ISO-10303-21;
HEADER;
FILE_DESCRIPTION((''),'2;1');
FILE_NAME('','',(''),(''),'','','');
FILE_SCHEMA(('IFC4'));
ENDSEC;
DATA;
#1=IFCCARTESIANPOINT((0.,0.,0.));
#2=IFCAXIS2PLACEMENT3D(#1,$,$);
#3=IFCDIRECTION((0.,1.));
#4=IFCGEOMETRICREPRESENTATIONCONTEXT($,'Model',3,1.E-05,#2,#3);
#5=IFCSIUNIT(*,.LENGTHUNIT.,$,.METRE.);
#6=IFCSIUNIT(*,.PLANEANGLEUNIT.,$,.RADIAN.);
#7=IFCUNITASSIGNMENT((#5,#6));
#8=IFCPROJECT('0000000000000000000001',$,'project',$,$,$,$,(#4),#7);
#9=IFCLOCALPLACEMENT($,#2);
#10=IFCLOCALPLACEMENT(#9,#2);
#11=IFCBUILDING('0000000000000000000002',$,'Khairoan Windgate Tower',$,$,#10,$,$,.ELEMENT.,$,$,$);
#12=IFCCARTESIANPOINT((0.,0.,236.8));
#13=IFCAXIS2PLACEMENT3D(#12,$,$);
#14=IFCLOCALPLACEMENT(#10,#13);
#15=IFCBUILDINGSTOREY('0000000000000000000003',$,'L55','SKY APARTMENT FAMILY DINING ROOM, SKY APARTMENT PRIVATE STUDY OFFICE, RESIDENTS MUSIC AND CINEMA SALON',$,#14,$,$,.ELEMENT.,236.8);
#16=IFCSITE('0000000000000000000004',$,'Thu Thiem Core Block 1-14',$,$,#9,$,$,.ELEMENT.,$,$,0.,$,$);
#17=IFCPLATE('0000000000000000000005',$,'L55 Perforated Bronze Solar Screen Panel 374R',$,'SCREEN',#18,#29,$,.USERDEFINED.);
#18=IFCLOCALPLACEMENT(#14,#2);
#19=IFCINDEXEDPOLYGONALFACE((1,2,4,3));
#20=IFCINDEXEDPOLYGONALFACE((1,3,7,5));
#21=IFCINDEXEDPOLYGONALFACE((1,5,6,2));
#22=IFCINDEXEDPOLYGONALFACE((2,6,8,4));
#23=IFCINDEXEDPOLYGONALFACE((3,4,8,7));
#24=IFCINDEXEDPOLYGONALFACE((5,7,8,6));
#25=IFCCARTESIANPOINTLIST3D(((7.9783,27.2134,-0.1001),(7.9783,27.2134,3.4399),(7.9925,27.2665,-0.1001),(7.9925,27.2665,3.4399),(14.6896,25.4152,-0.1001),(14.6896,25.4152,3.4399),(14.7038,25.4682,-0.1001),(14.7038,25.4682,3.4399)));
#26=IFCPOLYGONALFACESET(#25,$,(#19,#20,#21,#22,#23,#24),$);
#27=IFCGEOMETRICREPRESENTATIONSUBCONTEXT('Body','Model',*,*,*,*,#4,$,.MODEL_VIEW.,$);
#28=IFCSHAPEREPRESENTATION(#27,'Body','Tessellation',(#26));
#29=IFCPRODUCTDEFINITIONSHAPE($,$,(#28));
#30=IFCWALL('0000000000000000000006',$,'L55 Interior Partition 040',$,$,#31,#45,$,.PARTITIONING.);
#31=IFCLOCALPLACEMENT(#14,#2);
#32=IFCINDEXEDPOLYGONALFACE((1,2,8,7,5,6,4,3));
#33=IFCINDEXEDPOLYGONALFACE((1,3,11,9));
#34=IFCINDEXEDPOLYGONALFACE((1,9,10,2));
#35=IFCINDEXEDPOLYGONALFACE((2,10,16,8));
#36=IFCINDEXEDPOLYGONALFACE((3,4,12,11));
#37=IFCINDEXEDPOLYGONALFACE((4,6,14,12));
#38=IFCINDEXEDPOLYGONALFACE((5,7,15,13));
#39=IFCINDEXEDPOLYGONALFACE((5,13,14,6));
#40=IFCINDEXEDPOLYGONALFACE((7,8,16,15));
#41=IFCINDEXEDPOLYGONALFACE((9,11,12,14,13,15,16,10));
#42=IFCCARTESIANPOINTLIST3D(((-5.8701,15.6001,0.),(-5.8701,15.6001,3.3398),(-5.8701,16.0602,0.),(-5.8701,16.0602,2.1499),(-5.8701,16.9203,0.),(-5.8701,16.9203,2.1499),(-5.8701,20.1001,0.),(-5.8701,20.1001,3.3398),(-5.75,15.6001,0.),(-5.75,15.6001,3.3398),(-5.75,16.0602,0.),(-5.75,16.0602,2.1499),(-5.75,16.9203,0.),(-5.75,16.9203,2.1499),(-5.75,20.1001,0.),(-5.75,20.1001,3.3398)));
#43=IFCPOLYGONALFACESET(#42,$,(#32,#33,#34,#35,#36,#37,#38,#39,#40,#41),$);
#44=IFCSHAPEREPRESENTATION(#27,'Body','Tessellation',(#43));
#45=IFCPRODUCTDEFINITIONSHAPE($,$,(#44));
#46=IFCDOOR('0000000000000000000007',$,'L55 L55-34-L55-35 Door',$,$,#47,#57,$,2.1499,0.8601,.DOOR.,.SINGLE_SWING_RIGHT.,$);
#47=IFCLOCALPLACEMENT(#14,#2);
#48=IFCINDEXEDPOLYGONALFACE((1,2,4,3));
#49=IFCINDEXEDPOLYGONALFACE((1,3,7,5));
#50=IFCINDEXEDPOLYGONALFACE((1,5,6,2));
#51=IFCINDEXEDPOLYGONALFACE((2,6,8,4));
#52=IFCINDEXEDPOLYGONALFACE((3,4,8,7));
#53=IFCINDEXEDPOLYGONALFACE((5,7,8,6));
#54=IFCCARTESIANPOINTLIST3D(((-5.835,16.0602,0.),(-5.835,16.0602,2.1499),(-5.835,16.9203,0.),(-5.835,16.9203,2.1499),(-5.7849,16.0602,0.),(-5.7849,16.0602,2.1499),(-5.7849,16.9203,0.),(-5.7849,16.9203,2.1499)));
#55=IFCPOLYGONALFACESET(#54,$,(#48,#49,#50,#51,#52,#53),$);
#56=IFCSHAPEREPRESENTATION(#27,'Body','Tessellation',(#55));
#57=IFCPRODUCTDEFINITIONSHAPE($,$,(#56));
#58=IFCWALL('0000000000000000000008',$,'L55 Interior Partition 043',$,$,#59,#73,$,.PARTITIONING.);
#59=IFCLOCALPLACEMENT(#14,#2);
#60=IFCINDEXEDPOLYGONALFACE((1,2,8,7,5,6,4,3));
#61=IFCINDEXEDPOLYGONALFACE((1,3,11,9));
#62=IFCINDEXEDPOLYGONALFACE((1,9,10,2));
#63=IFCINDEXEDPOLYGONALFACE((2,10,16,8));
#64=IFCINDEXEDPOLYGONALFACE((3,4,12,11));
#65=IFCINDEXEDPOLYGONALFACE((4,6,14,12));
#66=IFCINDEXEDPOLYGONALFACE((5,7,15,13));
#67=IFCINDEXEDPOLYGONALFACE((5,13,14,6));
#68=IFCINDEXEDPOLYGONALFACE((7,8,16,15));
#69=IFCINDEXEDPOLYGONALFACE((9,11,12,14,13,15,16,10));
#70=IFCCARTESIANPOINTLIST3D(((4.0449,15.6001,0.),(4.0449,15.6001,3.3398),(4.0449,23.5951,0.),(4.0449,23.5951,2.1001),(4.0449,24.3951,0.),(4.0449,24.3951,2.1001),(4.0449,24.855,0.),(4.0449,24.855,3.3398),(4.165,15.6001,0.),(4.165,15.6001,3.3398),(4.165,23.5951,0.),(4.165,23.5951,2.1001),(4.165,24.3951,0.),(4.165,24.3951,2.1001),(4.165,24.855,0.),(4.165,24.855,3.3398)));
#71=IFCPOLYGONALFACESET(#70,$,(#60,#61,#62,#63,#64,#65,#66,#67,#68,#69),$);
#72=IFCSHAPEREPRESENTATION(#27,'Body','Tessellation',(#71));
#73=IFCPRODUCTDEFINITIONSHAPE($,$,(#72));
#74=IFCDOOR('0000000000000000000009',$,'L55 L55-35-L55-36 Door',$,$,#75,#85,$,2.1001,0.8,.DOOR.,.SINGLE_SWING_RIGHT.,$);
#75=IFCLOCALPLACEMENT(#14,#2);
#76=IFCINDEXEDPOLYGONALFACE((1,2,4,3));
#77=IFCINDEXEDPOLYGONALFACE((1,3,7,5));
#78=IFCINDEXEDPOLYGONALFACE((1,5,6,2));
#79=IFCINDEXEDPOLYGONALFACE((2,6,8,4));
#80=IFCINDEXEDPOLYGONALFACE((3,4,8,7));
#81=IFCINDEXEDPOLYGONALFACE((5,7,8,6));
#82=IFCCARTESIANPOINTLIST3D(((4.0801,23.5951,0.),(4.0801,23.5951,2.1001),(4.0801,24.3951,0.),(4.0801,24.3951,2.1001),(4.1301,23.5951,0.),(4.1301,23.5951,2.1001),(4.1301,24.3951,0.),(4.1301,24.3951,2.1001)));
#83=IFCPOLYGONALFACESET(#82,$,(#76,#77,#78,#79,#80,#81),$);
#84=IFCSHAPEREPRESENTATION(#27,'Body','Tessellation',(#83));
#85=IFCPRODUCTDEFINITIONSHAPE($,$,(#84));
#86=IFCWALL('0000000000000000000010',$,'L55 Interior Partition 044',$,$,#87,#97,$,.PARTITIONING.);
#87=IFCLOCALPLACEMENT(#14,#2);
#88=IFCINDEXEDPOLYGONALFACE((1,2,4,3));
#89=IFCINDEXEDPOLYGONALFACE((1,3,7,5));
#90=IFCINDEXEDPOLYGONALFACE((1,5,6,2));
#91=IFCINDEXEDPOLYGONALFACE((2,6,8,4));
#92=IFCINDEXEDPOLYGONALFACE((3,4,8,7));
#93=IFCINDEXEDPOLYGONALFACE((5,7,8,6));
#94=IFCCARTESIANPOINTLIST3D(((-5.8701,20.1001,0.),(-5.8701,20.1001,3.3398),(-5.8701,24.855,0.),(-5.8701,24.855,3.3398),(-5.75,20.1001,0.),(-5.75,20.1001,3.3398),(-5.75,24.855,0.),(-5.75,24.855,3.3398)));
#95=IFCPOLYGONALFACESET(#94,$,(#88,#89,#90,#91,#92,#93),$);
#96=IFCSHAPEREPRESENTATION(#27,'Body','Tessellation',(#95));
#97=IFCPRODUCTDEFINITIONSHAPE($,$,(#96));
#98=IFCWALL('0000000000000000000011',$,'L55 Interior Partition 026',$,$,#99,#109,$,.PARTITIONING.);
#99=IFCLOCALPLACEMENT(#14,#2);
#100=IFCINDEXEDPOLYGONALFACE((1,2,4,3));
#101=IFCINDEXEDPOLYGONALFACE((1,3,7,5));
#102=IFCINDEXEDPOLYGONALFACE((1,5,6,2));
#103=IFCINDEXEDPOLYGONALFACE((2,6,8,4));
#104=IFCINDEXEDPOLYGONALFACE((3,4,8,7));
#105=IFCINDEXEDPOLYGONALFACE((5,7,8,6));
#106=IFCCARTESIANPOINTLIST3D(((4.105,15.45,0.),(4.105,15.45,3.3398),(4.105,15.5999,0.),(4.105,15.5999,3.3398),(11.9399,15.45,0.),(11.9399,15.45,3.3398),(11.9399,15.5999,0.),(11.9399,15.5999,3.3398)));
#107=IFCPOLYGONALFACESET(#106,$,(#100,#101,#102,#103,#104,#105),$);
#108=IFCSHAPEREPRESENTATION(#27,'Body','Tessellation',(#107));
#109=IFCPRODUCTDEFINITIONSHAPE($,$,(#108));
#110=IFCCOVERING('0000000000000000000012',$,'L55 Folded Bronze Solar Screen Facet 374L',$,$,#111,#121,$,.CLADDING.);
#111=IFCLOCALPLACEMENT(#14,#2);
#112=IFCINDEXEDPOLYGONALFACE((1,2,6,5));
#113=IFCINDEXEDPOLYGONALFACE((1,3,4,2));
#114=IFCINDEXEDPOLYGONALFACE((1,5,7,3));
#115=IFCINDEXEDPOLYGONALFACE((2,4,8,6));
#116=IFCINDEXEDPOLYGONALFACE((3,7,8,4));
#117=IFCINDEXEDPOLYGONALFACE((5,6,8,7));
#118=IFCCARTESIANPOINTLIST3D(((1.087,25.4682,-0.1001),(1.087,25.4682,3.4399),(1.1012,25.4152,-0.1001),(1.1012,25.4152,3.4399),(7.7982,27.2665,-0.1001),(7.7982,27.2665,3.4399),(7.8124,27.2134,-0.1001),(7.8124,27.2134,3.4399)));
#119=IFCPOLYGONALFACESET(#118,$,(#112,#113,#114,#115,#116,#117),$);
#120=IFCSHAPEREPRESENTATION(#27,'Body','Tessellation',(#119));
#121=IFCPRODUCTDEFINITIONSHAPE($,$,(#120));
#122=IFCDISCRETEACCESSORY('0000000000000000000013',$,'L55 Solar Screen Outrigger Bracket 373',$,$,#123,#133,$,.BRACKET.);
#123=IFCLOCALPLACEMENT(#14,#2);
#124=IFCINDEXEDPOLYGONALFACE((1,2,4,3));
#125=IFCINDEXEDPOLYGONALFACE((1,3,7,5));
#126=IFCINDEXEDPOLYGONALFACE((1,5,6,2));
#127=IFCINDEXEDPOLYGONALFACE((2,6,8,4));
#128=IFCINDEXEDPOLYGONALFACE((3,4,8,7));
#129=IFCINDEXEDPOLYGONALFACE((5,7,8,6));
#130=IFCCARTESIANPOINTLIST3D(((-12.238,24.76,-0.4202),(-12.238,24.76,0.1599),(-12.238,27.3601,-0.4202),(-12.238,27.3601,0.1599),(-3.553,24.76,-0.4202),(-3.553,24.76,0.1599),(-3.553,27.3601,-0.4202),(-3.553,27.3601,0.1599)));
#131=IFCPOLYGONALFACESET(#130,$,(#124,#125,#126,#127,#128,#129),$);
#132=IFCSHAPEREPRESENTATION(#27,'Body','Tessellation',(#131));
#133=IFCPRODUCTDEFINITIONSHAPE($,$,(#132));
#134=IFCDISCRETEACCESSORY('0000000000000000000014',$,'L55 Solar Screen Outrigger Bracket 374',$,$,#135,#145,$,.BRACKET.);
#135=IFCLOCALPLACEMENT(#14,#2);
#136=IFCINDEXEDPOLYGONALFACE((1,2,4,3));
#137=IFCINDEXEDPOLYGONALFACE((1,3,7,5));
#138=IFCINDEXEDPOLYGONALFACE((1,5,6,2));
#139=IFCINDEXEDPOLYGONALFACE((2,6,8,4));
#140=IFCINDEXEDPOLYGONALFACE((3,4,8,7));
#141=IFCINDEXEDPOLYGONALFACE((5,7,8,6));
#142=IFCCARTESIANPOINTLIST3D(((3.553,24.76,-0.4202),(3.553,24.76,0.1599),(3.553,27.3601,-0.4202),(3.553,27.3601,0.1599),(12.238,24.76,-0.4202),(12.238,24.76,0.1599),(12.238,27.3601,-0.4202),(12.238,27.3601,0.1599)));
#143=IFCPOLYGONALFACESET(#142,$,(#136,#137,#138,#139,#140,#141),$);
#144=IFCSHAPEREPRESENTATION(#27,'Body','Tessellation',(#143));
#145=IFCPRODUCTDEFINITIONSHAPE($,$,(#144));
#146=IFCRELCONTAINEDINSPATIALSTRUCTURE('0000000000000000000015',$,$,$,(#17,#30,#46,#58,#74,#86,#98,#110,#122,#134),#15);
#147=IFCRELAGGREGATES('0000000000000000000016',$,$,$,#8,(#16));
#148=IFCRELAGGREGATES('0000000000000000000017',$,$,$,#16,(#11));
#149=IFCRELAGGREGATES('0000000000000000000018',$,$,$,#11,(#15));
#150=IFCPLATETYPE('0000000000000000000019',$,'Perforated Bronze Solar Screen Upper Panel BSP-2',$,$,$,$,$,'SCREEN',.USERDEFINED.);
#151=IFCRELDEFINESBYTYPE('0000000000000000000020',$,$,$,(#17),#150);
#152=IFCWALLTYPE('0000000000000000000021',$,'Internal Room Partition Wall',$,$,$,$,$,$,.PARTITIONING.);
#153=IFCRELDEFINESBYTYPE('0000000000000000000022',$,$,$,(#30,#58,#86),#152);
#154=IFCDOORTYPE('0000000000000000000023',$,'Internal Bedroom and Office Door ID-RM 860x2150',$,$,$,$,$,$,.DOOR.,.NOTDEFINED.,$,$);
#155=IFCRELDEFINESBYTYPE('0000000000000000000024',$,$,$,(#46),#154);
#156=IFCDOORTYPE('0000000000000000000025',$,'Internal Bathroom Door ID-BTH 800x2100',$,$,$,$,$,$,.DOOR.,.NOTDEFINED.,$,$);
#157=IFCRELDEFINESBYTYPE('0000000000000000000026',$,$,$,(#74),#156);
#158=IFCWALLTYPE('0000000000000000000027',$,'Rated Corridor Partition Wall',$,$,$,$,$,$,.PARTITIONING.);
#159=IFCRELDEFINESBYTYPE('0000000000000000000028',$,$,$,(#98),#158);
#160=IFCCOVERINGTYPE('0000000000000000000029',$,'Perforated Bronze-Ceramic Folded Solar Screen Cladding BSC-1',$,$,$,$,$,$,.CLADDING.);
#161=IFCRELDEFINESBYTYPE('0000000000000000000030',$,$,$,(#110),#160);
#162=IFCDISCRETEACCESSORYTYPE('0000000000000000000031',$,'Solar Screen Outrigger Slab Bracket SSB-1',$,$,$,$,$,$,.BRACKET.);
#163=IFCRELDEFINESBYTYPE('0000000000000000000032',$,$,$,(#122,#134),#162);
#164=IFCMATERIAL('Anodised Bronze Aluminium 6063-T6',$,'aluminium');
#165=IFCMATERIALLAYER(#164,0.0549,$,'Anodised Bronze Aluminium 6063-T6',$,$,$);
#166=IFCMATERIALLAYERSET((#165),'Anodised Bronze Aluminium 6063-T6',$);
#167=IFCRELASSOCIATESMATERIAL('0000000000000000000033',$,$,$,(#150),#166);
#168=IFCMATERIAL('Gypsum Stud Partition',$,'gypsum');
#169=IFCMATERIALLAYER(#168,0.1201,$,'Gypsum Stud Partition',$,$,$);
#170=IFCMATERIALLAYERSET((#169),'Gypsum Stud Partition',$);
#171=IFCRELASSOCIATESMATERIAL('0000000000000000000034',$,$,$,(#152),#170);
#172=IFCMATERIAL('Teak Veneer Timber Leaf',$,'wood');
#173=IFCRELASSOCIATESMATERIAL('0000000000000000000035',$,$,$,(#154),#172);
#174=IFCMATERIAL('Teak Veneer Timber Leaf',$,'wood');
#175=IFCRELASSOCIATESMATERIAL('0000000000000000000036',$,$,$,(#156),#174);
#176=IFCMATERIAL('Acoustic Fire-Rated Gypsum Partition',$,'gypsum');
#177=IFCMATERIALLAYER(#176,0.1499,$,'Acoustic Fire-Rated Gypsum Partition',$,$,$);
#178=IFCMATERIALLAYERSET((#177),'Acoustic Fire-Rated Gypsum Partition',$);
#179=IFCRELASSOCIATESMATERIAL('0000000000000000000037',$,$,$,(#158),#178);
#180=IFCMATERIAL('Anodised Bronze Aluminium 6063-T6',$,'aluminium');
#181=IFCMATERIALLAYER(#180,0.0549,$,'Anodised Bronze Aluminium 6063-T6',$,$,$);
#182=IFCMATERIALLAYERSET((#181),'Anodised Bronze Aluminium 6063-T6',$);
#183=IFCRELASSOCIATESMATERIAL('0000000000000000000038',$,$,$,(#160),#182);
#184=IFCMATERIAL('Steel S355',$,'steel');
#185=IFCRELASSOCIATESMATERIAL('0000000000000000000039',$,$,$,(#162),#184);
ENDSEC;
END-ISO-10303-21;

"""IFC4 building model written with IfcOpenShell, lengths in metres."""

from ifc_helpers import new_model, si_unit, direction, frame, frame_2d, origin, origin_2d, place, context, subcontext, project, spatial, rectangle, extrude, material, layer, layer_set, type_object, element, fill, save


model = new_model("IFC4")

# Units and contexts
model_context = context("Model", 3, precision=1e-05, world=origin(), true_north=direction((0.0, 1.0)))
body_context = subcontext(model_context, "Body", "Model", "MODEL_VIEW")
ifc_project = project(units=[si_unit("LENGTHUNIT", "METRE"), si_unit("PLANEANGLEUNIT", "RADIAN")], contexts=[model_context])

# Site, building, storey
site_placement = place(None, origin())
site = spatial("IfcSite", under=ifc_project, at=site_placement, Name="Thu Thiem Core Block 1-14", CompositionType="ELEMENT", RefElevation=0.0)
building_placement = place(site_placement, origin())
building = spatial("IfcBuilding", under=site, at=building_placement, Name="Khairoan Windgate Tower", CompositionType="ELEMENT")
storey_placement = place(building_placement, frame((0.0, 0.0, 236.8)))
storey = spatial("IfcBuildingStorey", under=building, at=storey_placement, Name="L55", Description="SKY APARTMENT FAMILY DINING ROOM, SKY APARTMENT PRIVATE STUDY OFFICE, RESIDENTS MUSIC AND CINEMA SALON", CompositionType="ELEMENT", Elevation=236.8)

# Plate
ifc_material_1 = material(Name="Anodised Bronze Aluminium 6063-T6", Category="aluminium")
ifc_layer_1 = layer(ifc_material_1, 0.0549, Name="Anodised Bronze Aluminium 6063-T6")
ifc_layer_set_1 = layer_set([ifc_layer_1], Name="Anodised Bronze Aluminium 6063-T6")
plate_type = type_object("IfcPlateType", Name="Perforated Bronze Solar Screen Upper Panel BSP-2", ElementType="SCREEN", PredefinedType="USERDEFINED", material=ifc_layer_set_1)
for number, where, z_axis, x_axis, name in (
    (1, (11.3411, 26.3408, -0.1001), (0.0, 0.0, 1.0), (0.965926, -0.258819, 0.0), "L55 Perforated Bronze Solar Screen Panel 374R"),
):
    element("IfcPlate", number, at=place(storey_placement, frame(where, z_axis=z_axis, x_axis=x_axis)), inside=storey, type_object=plate_type, Name=name, ObjectType="SCREEN", PredefinedType="USERDEFINED", context=body_context, shape_type="SweptSolid", body=[
        extrude(rectangle(XDim=6.948, YDim=0.0549, at=origin_2d()), origin(), (0.0, 0.0, 1.0), 3.54),
    ])

# Walls, openings, doors
ifc_material_2 = material(Name="Gypsum Stud Partition", Category="gypsum")
ifc_layer_2 = layer(ifc_material_2, 0.1201, Name="Gypsum Stud Partition")
ifc_layer_set_2 = layer_set([ifc_layer_2], Name="Gypsum Stud Partition")
wall_type_1 = type_object("IfcWallType", Name="Internal Room Partition Wall", PredefinedType="PARTITIONING", material=ifc_layer_set_2)
wall_1_placement = place(storey_placement, frame((-5.8101, 15.6001, 0.0), z_axis=(0.0, 0.0, 1.0), x_axis=(0.0, 1.0, 0.0)))
wall_1 = element("IfcWall", 2, at=wall_1_placement, inside=storey, type_object=wall_type_1, Name="L55 Interior Partition 040", PredefinedType="PARTITIONING", context=body_context, shape_type="SweptSolid", body=[
    extrude(rectangle(XDim=4.5, YDim=0.1201, at=frame_2d((2.25, 0.0))), origin(), (0.0, 0.0, 1.0), 3.3398),
])
opening_1_placement = place(wall_1_placement, frame((0.46, 0.0, 0.0)))
opening_1 = element("IfcOpeningElement", 3, at=opening_1_placement, cuts=wall_1, PredefinedType="OPENING", context=body_context, shape_type="SweptSolid", body=[
    extrude(rectangle(XDim=0.8601, YDim=2.1499, at=frame_2d((0.4302, 1.075))), frame((0.0, 0.0701, 0.0), z_axis=(0.0, -1.0, 0.0), x_axis=(1.0, 0.0, 0.0)), (0.0, 0.0, 1.0), 0.1401),
])
ifc_material_3 = material(Name="Teak Veneer Timber Leaf", Category="wood")
door_type_1 = type_object("IfcDoorType", Name="Internal Bedroom and Office Door ID-RM 860x2150", OperationType="NOTDEFINED", PredefinedType="DOOR", material=ifc_material_3)
door_1_placement = place(opening_1_placement, origin())
door_1 = element("IfcDoor", 4, at=door_1_placement, inside=storey, type_object=door_type_1, Name="L55 L55-34-L55-35 Door", OperationType="SINGLE_SWING_RIGHT", OverallHeight=2.1499, OverallWidth=0.8601, PredefinedType="DOOR", context=body_context, shape_type="SweptSolid", body=[
    extrude(rectangle(XDim=0.8601, YDim=2.1499, at=frame_2d((0.4302, 1.075))), frame((0.0, 0.0249, 0.0), z_axis=(0.0, -1.0, 0.0), x_axis=(1.0, 0.0, 0.0)), (0.0, 0.0, 1.0), 0.05),
])
fill(opening_1, door_1)
wall_2_placement = place(storey_placement, frame((4.105, 15.6001, 0.0), z_axis=(0.0, 0.0, 1.0), x_axis=(0.0, 1.0, 0.0)))
wall_2 = element("IfcWall", 5, at=wall_2_placement, inside=storey, type_object=wall_type_1, Name="L55 Interior Partition 043", PredefinedType="PARTITIONING", context=body_context, shape_type="SweptSolid", body=[
    extrude(rectangle(XDim=9.2549, YDim=0.1201, at=frame_2d((4.6274, 0.0))), origin(), (0.0, 0.0, 1.0), 3.3398),
])
opening_2_placement = place(wall_2_placement, frame((7.9951, 0.0, 0.0)))
opening_2 = element("IfcOpeningElement", 6, at=opening_2_placement, cuts=wall_2, PredefinedType="OPENING", context=body_context, shape_type="SweptSolid", body=[
    extrude(rectangle(XDim=0.8, YDim=2.1001, at=frame_2d((0.3999, 1.05))), frame((0.0, 0.0701, 0.0), z_axis=(0.0, -1.0, 0.0), x_axis=(1.0, 0.0, 0.0)), (0.0, 0.0, 1.0), 0.1401),
])
ifc_material_4 = material(Name="Teak Veneer Timber Leaf", Category="wood")
door_type_2 = type_object("IfcDoorType", Name="Internal Bathroom Door ID-BTH 800x2100", OperationType="NOTDEFINED", PredefinedType="DOOR", material=ifc_material_4)
door_2_placement = place(opening_2_placement, origin())
door_2 = element("IfcDoor", 7, at=door_2_placement, inside=storey, type_object=door_type_2, Name="L55 L55-35-L55-36 Door", OperationType="SINGLE_SWING_RIGHT", OverallHeight=2.1001, OverallWidth=0.8, PredefinedType="DOOR", context=body_context, shape_type="SweptSolid", body=[
    extrude(rectangle(XDim=0.8, YDim=2.1001, at=frame_2d((0.3999, 1.05))), frame((0.0, 0.0249, 0.0), z_axis=(0.0, -1.0, 0.0), x_axis=(1.0, 0.0, 0.0)), (0.0, 0.0, 1.0), 0.05),
])
fill(opening_2, door_2)

# Walls
wall_3_placement = place(storey_placement, frame((-5.8101, 20.1001, 0.0), z_axis=(0.0, 0.0, 1.0), x_axis=(0.0, 1.0, 0.0)))
element("IfcWall", 8, at=wall_3_placement, inside=storey, type_object=wall_type_1, Name="L55 Interior Partition 044", PredefinedType="PARTITIONING", context=body_context, shape_type="SweptSolid", body=[
    extrude(rectangle(XDim=4.7549, YDim=0.1201, at=frame_2d((2.3774, 0.0))), origin(), (0.0, 0.0, 1.0), 3.3398),
])
ifc_material_5 = material(Name="Acoustic Fire-Rated Gypsum Partition", Category="gypsum")
ifc_layer_3 = layer(ifc_material_5, 0.1499, Name="Acoustic Fire-Rated Gypsum Partition")
ifc_layer_set_3 = layer_set([ifc_layer_3], Name="Acoustic Fire-Rated Gypsum Partition")
wall_type_2 = type_object("IfcWallType", Name="Rated Corridor Partition Wall", PredefinedType="PARTITIONING", material=ifc_layer_set_3)
wall_4_placement = place(storey_placement, frame((4.105, 15.5249, 0.0), z_axis=(0.0, 0.0, 1.0), x_axis=(1.0, 0.0, 0.0)))
element("IfcWall", 9, at=wall_4_placement, inside=storey, type_object=wall_type_2, Name="L55 Interior Partition 026", PredefinedType="PARTITIONING", context=body_context, shape_type="SweptSolid", body=[
    extrude(rectangle(XDim=7.835, YDim=0.1499, at=frame_2d((3.9175, 0.0))), origin(), (0.0, 0.0, 1.0), 3.3398),
])

# Covering
ifc_material_6 = material(Name="Anodised Bronze Aluminium 6063-T6", Category="aluminium")
ifc_layer_4 = layer(ifc_material_6, 0.0549, Name="Anodised Bronze Aluminium 6063-T6")
ifc_layer_set_4 = layer_set([ifc_layer_4], Name="Anodised Bronze Aluminium 6063-T6")
covering_type = type_object("IfcCoveringType", Name="Perforated Bronze-Ceramic Folded Solar Screen Cladding BSC-1", PredefinedType="CLADDING", material=ifc_layer_set_4)
covering_placement = place(storey_placement, frame((4.4497, 26.3408, -0.1001), z_axis=(0.0, 0.0, 1.0), x_axis=(0.965926, 0.258819, 0.0)))
element("IfcCovering", 10, at=covering_placement, inside=storey, type_object=covering_type, Name="L55 Folded Bronze Solar Screen Facet 374L", PredefinedType="CLADDING", context=body_context, shape_type="SweptSolid", body=[
    extrude(rectangle(XDim=6.948, YDim=0.0549, at=origin_2d()), origin(), (0.0, 0.0, 1.0), 3.54),
])

# Discrete accessories
ifc_material_7 = material(Name="Steel S355", Category="steel")
discrete_accessory_type = type_object("IfcDiscreteAccessoryType", Name="Solar Screen Outrigger Slab Bracket SSB-1", PredefinedType="BRACKET", material=ifc_material_7)
for number, where, z_axis, x_axis, name in (
    (11, (-7.8955, 26.0601, -0.4202), (0.0, 0.0, 1.0), (1.0, 0.0, 0.0), "L55 Solar Screen Outrigger Bracket 373"),
    (12, (7.8955, 26.0601, -0.4202), (0.0, 0.0, 1.0), (1.0, 0.0, 0.0), "L55 Solar Screen Outrigger Bracket 374"),
):
    element("IfcDiscreteAccessory", number, at=place(storey_placement, frame(where, z_axis=z_axis, x_axis=x_axis)), inside=storey, type_object=discrete_accessory_type, Name=name, PredefinedType="BRACKET", context=body_context, shape_type="SweptSolid", body=[
        extrude(rectangle(XDim=8.6851, YDim=2.6001, at=origin_2d()), origin(), (0.0, 0.0, 1.0), 0.5801),
    ])

save(model, "model.ifc")
